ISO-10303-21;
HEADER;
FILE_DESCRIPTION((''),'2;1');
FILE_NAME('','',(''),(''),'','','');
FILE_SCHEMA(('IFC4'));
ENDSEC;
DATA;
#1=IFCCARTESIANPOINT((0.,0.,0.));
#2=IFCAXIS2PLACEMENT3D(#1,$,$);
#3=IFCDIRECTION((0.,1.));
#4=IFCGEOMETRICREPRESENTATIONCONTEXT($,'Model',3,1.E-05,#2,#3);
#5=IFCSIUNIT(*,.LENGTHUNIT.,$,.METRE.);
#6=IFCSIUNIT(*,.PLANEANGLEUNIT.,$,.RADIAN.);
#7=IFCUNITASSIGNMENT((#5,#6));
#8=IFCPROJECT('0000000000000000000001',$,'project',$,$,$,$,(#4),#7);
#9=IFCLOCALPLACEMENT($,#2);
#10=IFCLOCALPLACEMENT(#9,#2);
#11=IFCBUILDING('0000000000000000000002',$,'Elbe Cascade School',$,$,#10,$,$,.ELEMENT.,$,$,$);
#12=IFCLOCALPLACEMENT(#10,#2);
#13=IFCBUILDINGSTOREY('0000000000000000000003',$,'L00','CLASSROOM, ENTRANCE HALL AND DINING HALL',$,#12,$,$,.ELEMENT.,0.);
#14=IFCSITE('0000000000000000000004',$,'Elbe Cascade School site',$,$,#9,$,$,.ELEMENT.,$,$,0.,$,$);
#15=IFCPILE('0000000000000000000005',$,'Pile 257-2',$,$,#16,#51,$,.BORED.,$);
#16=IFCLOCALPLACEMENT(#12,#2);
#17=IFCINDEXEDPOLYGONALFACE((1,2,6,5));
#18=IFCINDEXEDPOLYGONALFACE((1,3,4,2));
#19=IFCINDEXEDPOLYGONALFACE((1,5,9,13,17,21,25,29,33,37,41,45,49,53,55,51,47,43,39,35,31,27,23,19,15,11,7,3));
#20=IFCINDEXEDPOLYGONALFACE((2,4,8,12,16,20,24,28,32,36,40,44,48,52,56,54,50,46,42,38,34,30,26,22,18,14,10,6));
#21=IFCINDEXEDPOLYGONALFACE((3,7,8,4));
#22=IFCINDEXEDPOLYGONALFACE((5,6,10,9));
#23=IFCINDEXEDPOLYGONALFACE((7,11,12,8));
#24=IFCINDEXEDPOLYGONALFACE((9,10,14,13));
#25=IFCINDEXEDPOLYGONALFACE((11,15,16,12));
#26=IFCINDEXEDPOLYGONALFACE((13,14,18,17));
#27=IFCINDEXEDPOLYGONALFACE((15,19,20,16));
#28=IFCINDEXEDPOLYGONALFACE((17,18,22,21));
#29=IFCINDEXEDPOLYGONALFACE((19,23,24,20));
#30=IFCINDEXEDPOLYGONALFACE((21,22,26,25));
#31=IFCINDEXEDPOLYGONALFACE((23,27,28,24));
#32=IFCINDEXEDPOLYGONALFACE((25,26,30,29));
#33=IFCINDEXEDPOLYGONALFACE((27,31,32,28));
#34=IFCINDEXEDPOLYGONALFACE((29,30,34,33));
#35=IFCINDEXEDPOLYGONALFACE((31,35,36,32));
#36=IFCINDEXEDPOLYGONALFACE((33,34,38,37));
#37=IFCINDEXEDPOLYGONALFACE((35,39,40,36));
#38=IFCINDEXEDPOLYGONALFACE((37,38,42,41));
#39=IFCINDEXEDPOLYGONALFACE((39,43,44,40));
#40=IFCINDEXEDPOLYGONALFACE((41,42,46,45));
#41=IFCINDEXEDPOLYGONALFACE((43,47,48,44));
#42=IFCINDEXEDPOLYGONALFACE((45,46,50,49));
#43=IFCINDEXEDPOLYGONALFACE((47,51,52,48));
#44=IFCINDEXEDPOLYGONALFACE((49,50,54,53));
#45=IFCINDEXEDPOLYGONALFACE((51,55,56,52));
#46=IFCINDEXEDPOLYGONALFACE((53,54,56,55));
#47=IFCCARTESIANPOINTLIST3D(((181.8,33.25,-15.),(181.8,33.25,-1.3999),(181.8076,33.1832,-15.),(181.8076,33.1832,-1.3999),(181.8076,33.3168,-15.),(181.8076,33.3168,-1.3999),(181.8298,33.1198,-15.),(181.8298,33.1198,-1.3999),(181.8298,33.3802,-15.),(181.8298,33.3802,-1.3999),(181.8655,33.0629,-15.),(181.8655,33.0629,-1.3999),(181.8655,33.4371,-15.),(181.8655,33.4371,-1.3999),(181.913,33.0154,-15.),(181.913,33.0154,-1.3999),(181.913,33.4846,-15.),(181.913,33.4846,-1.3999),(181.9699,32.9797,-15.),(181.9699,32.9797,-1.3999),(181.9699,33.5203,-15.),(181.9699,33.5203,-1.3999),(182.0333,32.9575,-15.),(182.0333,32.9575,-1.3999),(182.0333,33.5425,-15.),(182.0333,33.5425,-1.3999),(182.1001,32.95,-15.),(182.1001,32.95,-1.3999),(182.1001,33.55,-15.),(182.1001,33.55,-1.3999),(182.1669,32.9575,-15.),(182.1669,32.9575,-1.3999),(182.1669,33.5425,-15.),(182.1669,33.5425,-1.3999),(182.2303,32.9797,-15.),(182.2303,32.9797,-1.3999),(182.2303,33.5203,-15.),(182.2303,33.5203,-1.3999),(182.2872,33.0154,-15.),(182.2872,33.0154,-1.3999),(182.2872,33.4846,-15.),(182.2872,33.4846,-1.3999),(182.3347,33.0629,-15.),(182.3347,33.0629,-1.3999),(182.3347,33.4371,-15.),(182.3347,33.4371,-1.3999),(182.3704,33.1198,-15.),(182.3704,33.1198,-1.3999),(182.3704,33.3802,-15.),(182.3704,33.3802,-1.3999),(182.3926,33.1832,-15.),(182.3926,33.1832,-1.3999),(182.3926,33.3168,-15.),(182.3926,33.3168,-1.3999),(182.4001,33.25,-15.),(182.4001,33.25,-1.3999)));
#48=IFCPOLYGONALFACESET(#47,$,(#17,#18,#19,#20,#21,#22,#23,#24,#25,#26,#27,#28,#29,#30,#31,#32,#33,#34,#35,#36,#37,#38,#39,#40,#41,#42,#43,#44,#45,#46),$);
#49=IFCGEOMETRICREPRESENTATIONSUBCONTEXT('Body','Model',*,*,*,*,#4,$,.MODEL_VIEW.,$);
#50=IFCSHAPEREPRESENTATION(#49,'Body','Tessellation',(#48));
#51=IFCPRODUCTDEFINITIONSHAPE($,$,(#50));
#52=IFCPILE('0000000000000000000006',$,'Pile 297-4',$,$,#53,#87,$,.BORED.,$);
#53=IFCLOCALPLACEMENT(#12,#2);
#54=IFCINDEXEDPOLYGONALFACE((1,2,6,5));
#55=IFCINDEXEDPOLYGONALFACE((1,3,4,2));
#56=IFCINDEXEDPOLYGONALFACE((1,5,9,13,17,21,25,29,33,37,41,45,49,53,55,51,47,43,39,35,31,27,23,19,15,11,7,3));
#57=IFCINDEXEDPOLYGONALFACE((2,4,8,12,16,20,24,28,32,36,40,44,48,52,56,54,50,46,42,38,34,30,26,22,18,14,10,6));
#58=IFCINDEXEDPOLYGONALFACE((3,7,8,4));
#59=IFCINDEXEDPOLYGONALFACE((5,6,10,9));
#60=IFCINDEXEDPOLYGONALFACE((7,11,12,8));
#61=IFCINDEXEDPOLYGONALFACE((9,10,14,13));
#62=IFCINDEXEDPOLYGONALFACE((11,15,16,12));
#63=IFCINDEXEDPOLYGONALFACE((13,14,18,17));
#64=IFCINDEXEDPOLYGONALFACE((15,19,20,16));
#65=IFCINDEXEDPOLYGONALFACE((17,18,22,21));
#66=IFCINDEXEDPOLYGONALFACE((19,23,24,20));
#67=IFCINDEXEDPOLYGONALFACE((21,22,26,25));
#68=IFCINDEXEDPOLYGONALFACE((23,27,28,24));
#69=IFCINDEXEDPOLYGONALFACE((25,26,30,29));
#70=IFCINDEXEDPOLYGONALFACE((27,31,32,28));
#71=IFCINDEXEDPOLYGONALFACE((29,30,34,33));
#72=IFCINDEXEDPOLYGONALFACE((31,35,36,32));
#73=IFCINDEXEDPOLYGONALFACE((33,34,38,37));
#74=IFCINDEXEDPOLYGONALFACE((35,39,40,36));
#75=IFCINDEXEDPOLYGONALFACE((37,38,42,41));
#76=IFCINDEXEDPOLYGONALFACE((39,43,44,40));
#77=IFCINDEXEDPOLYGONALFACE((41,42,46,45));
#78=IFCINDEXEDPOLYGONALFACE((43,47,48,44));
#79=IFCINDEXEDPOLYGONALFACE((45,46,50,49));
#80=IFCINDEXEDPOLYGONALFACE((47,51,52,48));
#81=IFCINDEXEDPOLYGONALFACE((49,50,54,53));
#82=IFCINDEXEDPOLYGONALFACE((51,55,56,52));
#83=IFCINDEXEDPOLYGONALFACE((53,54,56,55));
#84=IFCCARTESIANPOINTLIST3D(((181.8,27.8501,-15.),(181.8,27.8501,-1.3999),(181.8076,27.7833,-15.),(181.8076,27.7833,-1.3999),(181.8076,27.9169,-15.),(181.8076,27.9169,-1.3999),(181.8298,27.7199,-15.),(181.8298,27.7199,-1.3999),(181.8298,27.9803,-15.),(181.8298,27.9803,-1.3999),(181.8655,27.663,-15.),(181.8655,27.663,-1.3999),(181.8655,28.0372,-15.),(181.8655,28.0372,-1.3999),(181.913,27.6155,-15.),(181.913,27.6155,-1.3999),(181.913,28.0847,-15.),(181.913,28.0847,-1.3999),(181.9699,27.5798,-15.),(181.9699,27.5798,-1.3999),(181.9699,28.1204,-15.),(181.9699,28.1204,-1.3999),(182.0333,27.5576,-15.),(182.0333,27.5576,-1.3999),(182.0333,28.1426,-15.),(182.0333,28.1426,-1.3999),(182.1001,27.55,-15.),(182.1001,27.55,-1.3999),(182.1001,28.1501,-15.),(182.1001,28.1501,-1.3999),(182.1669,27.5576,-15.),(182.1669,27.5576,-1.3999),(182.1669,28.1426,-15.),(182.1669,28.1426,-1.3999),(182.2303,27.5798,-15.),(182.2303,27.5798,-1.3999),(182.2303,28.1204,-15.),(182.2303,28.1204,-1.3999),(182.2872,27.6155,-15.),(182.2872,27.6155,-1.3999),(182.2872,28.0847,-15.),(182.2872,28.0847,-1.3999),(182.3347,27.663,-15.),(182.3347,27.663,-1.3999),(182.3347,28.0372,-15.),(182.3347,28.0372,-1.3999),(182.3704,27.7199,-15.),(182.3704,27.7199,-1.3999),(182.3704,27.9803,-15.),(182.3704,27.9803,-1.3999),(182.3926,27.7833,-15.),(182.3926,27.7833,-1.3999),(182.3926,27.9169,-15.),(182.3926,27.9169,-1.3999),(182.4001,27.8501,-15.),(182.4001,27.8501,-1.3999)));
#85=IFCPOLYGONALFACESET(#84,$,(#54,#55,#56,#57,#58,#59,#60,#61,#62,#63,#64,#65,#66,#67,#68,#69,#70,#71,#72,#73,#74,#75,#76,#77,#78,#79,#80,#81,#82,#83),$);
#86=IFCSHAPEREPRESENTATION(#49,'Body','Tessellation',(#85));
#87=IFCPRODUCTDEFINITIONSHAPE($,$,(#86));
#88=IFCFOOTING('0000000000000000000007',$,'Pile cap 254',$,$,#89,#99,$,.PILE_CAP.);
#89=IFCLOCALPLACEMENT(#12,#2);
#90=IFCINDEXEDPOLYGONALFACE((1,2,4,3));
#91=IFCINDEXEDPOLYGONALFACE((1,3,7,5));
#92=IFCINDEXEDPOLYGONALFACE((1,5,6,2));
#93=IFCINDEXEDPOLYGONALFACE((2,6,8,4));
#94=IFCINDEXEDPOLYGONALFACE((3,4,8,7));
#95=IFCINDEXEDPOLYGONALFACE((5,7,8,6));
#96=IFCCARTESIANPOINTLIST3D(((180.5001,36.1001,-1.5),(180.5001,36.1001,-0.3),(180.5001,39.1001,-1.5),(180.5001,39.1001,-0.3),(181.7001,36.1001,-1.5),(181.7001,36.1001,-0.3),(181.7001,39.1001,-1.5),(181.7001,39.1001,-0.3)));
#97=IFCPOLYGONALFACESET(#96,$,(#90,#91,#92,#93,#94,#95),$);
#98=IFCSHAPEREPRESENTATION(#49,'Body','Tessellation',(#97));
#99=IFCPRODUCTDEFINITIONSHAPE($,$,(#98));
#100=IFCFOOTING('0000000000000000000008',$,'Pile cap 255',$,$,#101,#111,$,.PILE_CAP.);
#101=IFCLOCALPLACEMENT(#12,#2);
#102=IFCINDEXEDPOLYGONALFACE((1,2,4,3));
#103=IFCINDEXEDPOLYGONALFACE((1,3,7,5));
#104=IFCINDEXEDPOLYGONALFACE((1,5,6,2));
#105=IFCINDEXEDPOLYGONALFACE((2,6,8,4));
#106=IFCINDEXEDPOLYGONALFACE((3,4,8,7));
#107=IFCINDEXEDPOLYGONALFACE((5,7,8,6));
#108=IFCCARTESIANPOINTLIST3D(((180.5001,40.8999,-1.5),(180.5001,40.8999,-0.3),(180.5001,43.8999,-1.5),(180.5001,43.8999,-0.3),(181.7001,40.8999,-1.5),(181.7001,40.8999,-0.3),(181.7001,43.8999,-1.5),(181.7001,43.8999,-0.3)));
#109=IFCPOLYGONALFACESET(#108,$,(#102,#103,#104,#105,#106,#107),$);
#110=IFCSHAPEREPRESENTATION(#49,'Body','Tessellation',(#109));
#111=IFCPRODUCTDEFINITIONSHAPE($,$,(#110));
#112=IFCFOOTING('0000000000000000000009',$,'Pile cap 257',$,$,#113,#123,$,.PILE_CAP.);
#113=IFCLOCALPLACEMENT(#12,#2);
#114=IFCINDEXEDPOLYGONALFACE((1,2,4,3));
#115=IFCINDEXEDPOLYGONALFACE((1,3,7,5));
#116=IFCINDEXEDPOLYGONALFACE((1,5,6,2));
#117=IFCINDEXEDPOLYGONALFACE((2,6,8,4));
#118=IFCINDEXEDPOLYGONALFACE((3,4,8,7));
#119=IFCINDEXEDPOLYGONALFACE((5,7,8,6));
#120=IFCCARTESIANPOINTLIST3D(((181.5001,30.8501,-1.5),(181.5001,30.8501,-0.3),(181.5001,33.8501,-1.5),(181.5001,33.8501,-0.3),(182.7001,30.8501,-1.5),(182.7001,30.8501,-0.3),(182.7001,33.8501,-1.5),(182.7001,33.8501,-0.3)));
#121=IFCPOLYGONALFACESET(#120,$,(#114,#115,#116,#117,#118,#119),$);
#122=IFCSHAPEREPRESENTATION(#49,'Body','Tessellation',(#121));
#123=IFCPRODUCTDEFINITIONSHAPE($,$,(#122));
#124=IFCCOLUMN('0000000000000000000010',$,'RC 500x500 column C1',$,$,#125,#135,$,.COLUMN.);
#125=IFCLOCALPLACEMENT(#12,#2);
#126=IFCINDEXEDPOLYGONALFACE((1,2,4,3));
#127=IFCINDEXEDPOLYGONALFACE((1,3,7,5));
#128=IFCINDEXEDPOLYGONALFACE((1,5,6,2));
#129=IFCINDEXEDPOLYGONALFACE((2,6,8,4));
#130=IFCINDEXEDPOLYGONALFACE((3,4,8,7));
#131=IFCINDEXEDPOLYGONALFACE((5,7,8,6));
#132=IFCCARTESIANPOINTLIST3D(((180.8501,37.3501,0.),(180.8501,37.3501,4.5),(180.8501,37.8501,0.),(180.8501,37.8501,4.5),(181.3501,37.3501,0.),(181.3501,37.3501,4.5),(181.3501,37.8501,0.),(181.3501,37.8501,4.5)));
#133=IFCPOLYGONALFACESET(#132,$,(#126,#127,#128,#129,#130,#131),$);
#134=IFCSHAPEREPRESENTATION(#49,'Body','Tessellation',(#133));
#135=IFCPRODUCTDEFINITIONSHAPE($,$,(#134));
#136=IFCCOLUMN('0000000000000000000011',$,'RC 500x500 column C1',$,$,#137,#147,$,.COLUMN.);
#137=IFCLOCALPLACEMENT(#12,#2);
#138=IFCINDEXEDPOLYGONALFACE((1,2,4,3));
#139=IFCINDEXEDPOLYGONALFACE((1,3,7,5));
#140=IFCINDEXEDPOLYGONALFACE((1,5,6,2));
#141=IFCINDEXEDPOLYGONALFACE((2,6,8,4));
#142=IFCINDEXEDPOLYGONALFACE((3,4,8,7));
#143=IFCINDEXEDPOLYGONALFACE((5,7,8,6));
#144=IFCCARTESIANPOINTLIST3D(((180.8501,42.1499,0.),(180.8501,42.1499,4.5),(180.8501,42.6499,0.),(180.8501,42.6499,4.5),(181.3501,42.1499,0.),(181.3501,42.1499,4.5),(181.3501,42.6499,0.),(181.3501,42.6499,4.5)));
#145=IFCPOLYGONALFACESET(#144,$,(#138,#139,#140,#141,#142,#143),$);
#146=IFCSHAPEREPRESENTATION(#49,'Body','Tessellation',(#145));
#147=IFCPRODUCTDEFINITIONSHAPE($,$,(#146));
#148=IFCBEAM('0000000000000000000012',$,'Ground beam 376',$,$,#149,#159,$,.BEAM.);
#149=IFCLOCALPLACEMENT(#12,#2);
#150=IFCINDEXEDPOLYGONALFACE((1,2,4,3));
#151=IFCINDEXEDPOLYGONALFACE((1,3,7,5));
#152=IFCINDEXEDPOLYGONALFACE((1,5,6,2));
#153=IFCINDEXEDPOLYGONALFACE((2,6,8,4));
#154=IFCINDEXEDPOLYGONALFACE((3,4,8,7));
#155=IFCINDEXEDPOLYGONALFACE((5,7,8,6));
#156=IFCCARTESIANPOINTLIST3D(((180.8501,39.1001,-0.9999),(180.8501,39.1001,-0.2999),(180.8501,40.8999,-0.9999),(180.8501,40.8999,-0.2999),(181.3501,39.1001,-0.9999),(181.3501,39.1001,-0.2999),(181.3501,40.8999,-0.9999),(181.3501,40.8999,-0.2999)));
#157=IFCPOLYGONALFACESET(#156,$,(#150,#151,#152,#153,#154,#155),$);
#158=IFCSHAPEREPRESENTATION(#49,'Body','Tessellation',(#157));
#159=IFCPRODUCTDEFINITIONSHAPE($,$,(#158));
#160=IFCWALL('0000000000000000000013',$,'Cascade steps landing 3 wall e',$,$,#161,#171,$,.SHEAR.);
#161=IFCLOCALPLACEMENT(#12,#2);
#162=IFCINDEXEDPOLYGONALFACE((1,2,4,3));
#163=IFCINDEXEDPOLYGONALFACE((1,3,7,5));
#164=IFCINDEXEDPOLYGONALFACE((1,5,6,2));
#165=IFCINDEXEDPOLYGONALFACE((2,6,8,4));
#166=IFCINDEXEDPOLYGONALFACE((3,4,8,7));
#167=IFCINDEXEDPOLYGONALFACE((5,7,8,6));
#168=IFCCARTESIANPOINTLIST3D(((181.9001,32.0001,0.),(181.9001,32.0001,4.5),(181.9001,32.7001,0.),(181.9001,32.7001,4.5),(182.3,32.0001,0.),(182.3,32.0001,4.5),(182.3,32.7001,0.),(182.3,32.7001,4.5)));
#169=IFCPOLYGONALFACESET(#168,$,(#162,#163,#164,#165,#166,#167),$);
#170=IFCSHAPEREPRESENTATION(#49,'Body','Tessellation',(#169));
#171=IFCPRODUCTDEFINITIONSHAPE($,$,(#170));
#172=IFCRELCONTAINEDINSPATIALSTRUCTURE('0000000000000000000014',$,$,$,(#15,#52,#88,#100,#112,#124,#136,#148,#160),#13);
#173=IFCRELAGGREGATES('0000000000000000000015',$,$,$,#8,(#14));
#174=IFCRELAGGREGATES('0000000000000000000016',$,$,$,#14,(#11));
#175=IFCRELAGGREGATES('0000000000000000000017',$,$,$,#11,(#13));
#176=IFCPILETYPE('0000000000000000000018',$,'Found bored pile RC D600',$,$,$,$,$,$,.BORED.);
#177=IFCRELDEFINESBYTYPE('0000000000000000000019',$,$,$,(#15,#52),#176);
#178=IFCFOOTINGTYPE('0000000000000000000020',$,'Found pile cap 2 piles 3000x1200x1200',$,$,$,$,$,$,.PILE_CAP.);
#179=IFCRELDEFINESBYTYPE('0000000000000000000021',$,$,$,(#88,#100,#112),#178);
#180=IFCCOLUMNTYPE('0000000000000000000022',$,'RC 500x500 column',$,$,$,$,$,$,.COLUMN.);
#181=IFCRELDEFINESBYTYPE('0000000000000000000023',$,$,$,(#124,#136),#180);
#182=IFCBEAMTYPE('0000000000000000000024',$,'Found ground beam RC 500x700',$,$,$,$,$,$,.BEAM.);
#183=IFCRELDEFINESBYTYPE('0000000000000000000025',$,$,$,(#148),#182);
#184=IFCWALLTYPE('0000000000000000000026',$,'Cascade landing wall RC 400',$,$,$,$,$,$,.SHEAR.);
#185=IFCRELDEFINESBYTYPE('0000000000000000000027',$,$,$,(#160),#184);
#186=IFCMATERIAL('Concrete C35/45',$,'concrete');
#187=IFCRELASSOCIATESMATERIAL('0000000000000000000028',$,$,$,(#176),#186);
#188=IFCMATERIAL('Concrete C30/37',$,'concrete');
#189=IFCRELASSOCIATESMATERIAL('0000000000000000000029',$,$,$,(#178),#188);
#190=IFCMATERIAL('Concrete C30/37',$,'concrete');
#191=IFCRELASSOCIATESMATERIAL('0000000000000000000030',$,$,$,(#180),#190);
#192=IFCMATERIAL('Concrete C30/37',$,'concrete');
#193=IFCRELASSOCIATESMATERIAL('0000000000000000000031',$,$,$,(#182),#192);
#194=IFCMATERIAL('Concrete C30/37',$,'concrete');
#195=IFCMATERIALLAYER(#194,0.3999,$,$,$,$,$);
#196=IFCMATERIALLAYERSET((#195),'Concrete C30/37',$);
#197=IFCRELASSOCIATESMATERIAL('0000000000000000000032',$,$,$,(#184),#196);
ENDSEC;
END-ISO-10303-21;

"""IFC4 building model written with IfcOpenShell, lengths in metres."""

from ifc_helpers import new_model, si_unit, direction, frame, frame_2d, origin, origin_2d, place, context, subcontext, project, spatial, rectangle, circle, extrude, material, layer, layer_set, material_profile, profile_set, type_object, element, save


model = new_model("IFC4")

# Units and contexts
model_context = context("Model", 3, precision=1e-05, world=origin(), true_north=direction((0.0, 1.0)))
body_context = subcontext(model_context, "Body", "Model", "MODEL_VIEW")
ifc_project = project(units=[si_unit("LENGTHUNIT", "METRE"), si_unit("PLANEANGLEUNIT", "RADIAN")], contexts=[model_context])

# Site, building, storey
site_placement = place(None, origin())
site = spatial("IfcSite", under=ifc_project, at=site_placement, Name="Elbe Cascade School site", CompositionType="ELEMENT", RefElevation=0.0)
building_placement = place(site_placement, origin())
building = spatial("IfcBuilding", under=site, at=building_placement, Name="Elbe Cascade School", CompositionType="ELEMENT")
storey_placement = place(building_placement, origin())
storey = spatial("IfcBuildingStorey", under=building, at=storey_placement, Name="L00", Description="CLASSROOM, ENTRANCE HALL AND DINING HALL", CompositionType="ELEMENT", Elevation=0.0)

# Piles
ifc_material_1 = material(Name="Concrete C35/45", Category="concrete")
ifc_material_profile_1 = material_profile(ifc_material_1, circle(Radius=0.3, at=origin_2d()), Name="RC D600")
ifc_profile_set_1 = profile_set([ifc_material_profile_1], Name="Concrete C35/45")
pile_type = type_object("IfcPileType", Name="Found bored pile RC D600", PredefinedType="BORED", material=ifc_profile_set_1)
for number, where, z_axis, x_axis, name in (
    (1, (182.1001, 33.25, -1.3999), (0.0, 0.0, -1.0), (1.0, 0.0, 0.0), "Pile 257-2"),
    (2, (182.1001, 27.8501, -1.3999), (0.0, 0.0, -1.0), (1.0, 0.0, 0.0), "Pile 297-4"),
):
    element("IfcPile", number, at=place(storey_placement, frame(where, z_axis=z_axis, x_axis=x_axis)), inside=storey, type_object=pile_type, Name=name, PredefinedType="BORED", context=body_context, shape_type="SweptSolid", body=[
        extrude(circle(Radius=0.3, at=origin_2d()), origin(), (0.0, 0.0, 1.0), 13.6001),
    ])

# Footings
ifc_material_2 = material(Name="Concrete C30/37", Category="concrete")
footing_type = type_object("IfcFootingType", Name="Found pile cap 2 piles 3000x1200x1200", PredefinedType="PILE_CAP", material=ifc_material_2)
for number, where, z_axis, x_axis, name in (
    (3, (181.1001, 37.6001, -1.5), (0.0, 0.0, 1.0), (1.0, 0.0, 0.0), "Pile cap 254"),
    (4, (181.1001, 42.3999, -1.5), (0.0, 0.0, 1.0), (1.0, 0.0, 0.0), "Pile cap 255"),
    (5, (182.1001, 32.3501, -1.5), (0.0, 0.0, 1.0), (1.0, 0.0, 0.0), "Pile cap 257"),
):
    element("IfcFooting", number, at=place(storey_placement, frame(where, z_axis=z_axis, x_axis=x_axis)), inside=storey, type_object=footing_type, Name=name, PredefinedType="PILE_CAP", context=body_context, shape_type="SweptSolid", body=[
        extrude(rectangle(XDim=1.2, YDim=3.0, at=origin_2d()), origin(), (0.0, 0.0, 1.0), 1.2),
    ])

# Columns
ifc_material_3 = material(Name="Concrete C30/37", Category="concrete")
ifc_material_profile_2 = material_profile(ifc_material_3, rectangle(XDim=0.5, YDim=0.5, at=origin_2d()), Name="RC 500x500")
ifc_profile_set_2 = profile_set([ifc_material_profile_2], Name="Concrete C30/37")
column_type = type_object("IfcColumnType", Name="RC 500x500 column", PredefinedType="COLUMN", material=ifc_profile_set_2)
for number, where, z_axis, x_axis, name in (
    (6, (181.1001, 37.6001, 0.0), (0.0, 0.0, 1.0), (1.0, 0.0, 0.0), "RC 500x500 column C1"),
    (7, (181.1001, 42.3999, 0.0), (0.0, 0.0, 1.0), (1.0, 0.0, 0.0), "RC 500x500 column C1"),
):
    element("IfcColumn", number, at=place(storey_placement, frame(where, z_axis=z_axis, x_axis=x_axis)), inside=storey, type_object=column_type, Name=name, PredefinedType="COLUMN", context=body_context, shape_type="SweptSolid", body=[
        extrude(rectangle(XDim=0.5, YDim=0.5, at=origin_2d()), origin(), (0.0, 0.0, 1.0), 4.5),
    ])

# Beam
ifc_material_4 = material(Name="Concrete C30/37", Category="concrete")
ifc_material_profile_3 = material_profile(ifc_material_4, rectangle(XDim=0.5, YDim=0.7, at=origin_2d()), Name="RC 500x700")
ifc_profile_set_3 = profile_set([ifc_material_profile_3], Name="Concrete C30/37")
beam_type = type_object("IfcBeamType", Name="Found ground beam RC 500x700", PredefinedType="BEAM", material=ifc_profile_set_3)
beam_placement = place(storey_placement, frame((181.1001, 39.1001, -0.6499), z_axis=(0.0, 1.0, 0.0), x_axis=(-1.0, 0.0, 0.0)))
element("IfcBeam", 8, at=beam_placement, inside=storey, type_object=beam_type, Name="Ground beam 376", PredefinedType="BEAM", context=body_context, shape_type="SweptSolid", body=[
    extrude(rectangle(XDim=0.5, YDim=0.7, at=origin_2d()), origin(), (0.0, 0.0, 1.0), 1.7998),
])

# Wall
ifc_material_5 = material(Name="Concrete C30/37", Category="concrete")
ifc_layer_1 = layer(ifc_material_5, 0.3999)
ifc_layer_set_1 = layer_set([ifc_layer_1], Name="Concrete C30/37")
wall_type = type_object("IfcWallType", Name="Cascade landing wall RC 400", PredefinedType="SHEAR", material=ifc_layer_set_1)
wall_placement = place(storey_placement, frame((182.1001, 32.0, 0.0), z_axis=(0.0, 0.0, 1.0), x_axis=(0.0, 1.0, 0.0)))
element("IfcWall", 9, at=wall_placement, inside=storey, type_object=wall_type, Name="Cascade steps landing 3 wall e", PredefinedType="SHEAR", context=body_context, shape_type="SweptSolid", body=[
    extrude(rectangle(XDim=0.7, YDim=0.3999, at=frame_2d((0.3501, 0.0))), origin(), (0.0, 0.0, 1.0), 4.5),
])

save(model, "model.ifc")
